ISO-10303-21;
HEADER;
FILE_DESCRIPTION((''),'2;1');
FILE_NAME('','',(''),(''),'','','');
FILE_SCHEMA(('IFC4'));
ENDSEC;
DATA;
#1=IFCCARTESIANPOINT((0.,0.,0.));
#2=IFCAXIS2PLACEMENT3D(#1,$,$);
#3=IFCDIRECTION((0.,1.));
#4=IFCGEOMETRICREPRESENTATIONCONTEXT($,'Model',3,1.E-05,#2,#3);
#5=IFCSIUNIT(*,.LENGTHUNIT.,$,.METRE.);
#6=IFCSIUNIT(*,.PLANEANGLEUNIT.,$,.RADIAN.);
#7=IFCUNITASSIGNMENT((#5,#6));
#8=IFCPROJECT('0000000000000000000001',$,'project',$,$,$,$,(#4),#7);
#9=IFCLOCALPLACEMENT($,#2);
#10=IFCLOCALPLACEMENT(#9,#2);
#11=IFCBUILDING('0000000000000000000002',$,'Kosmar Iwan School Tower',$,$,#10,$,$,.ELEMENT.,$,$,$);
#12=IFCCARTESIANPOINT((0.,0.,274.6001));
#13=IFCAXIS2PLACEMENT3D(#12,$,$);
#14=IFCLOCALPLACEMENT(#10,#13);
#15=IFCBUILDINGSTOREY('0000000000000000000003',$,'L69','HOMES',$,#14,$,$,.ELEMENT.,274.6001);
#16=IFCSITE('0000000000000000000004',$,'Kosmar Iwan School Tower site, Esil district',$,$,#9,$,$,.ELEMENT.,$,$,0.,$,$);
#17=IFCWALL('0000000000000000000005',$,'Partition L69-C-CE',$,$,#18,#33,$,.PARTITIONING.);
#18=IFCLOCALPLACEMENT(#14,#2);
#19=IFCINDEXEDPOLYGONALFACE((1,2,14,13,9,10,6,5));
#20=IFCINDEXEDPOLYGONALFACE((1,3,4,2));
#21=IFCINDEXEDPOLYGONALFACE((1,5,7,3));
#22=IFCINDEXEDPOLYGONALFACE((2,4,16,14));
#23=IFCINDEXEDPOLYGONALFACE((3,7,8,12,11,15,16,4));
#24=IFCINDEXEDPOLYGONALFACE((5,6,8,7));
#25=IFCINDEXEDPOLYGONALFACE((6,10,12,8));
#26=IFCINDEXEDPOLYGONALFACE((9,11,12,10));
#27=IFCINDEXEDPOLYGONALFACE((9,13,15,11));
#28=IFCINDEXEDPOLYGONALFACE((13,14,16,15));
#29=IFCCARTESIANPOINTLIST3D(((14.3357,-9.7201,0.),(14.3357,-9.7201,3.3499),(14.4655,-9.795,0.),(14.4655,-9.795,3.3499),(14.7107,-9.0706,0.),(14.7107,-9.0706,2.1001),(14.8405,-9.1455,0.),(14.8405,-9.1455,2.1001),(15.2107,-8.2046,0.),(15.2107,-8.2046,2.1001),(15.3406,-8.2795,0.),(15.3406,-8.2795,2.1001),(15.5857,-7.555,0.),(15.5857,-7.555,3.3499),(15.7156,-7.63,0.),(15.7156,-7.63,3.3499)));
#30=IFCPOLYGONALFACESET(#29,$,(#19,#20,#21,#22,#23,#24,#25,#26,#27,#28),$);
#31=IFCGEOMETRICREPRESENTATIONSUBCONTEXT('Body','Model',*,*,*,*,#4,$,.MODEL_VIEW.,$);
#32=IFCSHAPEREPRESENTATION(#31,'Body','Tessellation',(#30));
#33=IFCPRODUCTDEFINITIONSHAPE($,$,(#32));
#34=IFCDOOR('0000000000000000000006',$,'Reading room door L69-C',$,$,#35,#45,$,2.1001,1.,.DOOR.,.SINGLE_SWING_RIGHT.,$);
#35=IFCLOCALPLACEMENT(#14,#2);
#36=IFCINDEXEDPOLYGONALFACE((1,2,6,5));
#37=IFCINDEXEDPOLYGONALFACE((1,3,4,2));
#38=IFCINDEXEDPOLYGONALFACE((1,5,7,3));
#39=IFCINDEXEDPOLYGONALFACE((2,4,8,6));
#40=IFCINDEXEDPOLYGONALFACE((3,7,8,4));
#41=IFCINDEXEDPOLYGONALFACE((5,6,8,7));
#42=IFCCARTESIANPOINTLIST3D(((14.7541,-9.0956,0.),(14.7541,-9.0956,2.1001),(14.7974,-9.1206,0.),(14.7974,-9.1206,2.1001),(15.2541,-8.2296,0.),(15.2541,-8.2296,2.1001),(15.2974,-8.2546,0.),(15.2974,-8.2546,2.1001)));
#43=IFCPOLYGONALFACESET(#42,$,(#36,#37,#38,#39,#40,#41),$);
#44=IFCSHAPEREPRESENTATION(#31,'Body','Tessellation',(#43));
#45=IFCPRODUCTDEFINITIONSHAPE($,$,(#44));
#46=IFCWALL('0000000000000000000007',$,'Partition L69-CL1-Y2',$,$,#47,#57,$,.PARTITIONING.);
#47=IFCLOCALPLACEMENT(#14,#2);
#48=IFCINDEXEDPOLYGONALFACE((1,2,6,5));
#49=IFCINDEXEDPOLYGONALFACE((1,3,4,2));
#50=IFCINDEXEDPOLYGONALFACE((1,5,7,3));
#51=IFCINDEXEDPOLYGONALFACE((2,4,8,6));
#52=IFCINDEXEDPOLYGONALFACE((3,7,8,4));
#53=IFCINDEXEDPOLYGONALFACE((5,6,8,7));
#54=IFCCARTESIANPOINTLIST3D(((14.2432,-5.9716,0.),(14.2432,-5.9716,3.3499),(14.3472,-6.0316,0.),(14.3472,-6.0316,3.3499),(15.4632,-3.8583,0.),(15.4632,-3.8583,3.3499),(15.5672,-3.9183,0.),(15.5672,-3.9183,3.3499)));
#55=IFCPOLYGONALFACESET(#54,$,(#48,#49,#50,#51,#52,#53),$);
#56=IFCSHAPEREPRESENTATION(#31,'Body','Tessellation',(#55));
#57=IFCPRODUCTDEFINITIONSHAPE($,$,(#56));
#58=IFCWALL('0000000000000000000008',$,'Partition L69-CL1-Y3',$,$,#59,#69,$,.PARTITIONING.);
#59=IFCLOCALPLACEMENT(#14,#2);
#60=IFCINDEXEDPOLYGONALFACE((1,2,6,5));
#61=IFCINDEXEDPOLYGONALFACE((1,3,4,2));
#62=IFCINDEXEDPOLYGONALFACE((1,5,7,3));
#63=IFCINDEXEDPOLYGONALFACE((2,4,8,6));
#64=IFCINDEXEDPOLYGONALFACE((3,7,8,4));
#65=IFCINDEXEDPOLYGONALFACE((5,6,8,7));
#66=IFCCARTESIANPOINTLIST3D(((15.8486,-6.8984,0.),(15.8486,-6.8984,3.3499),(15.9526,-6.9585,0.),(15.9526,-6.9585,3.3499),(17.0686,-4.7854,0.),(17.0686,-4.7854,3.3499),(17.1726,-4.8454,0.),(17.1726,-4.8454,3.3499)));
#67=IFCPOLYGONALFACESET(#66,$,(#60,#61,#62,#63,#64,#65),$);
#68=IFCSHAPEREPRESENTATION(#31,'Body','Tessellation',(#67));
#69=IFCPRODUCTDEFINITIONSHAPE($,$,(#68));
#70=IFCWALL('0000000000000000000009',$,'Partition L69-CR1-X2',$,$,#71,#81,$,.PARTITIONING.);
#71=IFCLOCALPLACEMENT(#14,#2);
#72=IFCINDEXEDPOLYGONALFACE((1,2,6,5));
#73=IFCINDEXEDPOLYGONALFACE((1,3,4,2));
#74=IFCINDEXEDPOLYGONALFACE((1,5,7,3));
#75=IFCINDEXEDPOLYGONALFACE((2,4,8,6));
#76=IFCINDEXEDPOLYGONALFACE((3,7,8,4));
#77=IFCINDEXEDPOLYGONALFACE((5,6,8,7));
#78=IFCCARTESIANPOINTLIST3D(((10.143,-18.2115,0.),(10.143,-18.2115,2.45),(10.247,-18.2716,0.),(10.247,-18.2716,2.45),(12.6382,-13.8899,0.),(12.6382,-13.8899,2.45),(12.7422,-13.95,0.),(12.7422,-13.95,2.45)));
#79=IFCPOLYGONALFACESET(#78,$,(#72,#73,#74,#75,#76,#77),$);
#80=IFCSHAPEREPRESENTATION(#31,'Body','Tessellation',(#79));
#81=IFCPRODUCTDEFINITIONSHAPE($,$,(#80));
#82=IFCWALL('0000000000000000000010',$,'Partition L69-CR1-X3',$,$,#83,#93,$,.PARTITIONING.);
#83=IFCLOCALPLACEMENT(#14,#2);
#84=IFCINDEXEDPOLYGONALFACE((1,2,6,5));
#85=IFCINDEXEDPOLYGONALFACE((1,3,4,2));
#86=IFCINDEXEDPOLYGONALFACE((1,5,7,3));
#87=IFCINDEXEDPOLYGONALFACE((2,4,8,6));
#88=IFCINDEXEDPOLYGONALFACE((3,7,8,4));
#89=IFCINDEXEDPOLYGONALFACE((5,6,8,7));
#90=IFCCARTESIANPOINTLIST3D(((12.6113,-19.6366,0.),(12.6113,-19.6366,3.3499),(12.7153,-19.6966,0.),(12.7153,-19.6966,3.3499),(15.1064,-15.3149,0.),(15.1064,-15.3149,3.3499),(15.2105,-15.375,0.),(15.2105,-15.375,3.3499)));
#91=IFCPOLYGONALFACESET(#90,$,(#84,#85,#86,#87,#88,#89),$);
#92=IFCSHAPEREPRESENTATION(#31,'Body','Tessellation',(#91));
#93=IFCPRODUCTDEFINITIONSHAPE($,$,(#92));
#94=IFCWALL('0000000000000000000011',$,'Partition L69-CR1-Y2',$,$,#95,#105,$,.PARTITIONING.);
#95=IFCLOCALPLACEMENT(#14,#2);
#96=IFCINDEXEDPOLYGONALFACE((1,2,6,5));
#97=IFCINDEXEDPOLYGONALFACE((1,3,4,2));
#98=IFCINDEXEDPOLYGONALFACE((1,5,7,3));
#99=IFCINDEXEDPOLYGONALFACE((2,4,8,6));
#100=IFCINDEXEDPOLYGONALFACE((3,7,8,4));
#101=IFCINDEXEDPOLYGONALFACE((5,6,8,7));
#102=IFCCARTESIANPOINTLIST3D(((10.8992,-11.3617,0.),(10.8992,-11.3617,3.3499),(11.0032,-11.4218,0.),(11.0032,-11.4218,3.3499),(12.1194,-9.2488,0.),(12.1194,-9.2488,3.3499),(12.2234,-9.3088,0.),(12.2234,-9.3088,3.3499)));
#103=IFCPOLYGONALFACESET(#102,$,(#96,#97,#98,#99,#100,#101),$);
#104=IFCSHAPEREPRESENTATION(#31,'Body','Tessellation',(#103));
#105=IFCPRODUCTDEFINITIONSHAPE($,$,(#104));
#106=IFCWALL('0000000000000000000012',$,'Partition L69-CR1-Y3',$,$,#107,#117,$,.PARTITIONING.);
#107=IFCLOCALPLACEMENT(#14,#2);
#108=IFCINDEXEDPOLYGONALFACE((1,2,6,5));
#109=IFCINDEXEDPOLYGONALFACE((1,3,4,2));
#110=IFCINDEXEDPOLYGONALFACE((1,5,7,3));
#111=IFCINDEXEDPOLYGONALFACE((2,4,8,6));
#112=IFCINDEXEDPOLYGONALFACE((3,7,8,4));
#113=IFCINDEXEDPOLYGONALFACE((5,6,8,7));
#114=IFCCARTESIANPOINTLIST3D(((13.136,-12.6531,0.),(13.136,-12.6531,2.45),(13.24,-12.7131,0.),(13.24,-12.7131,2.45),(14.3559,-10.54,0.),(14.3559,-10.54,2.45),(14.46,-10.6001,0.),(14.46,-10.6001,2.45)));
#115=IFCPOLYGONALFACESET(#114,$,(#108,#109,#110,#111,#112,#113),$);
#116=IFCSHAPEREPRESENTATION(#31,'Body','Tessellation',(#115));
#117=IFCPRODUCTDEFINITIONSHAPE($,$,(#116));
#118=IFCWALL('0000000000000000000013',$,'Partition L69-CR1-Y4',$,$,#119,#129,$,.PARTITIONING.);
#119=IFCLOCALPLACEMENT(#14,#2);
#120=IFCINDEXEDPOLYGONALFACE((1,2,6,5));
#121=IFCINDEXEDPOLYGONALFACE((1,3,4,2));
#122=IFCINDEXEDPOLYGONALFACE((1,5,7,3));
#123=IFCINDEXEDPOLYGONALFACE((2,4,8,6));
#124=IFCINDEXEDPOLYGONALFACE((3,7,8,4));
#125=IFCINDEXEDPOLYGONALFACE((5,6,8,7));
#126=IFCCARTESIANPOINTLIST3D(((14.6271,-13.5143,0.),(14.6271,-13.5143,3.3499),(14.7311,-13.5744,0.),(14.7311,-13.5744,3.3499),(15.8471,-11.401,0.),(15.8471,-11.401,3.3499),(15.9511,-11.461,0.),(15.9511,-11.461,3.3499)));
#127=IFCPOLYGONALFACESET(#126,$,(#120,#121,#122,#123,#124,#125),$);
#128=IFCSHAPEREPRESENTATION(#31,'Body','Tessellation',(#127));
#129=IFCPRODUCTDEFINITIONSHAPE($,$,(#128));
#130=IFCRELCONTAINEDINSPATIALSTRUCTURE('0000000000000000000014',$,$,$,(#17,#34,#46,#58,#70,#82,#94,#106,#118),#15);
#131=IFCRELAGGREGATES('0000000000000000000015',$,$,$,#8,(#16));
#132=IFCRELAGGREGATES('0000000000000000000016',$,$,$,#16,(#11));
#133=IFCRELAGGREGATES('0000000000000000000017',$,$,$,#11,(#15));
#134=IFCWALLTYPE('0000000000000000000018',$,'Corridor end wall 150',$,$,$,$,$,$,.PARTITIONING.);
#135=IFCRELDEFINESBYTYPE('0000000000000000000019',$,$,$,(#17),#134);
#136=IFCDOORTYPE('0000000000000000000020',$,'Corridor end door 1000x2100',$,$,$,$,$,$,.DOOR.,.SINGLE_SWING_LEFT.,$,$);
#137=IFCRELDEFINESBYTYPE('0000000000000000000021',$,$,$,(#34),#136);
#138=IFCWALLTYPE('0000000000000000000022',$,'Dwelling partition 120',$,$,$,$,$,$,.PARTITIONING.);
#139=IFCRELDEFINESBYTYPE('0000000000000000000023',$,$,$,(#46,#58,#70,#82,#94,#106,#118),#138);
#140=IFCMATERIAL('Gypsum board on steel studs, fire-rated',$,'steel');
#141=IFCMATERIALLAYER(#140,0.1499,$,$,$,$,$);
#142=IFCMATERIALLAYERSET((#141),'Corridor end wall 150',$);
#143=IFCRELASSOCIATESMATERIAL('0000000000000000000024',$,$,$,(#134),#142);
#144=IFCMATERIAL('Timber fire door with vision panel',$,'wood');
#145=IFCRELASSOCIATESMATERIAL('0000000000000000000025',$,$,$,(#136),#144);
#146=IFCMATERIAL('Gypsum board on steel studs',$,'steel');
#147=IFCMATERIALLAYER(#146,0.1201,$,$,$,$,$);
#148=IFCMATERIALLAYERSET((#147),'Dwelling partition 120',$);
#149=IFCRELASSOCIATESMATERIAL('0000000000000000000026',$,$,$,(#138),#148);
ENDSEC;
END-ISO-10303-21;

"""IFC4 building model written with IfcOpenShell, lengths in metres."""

from ifc_helpers import new_model, si_unit, direction, frame, frame_2d, origin, place, context, subcontext, project, spatial, rectangle, extrude, material, layer, layer_set, type_object, element, fill, save


model = new_model("IFC4")

# Units and contexts
model_context = context("Model", 3, precision=1e-05, world=origin(), true_north=direction((0.0, 1.0)))
body_context = subcontext(model_context, "Body", "Model", "MODEL_VIEW")
ifc_project = project(units=[si_unit("LENGTHUNIT", "METRE"), si_unit("PLANEANGLEUNIT", "RADIAN")], contexts=[model_context])

# Site, building, storey
site_placement = place(None, origin())
site = spatial("IfcSite", under=ifc_project, at=site_placement, Name="Kosmar Iwan School Tower site, Esil district", CompositionType="ELEMENT", RefElevation=0.0)
building_placement = place(site_placement, origin())
building = spatial("IfcBuilding", under=site, at=building_placement, Name="Kosmar Iwan School Tower", CompositionType="ELEMENT")
storey_placement = place(building_placement, frame((0.0, 0.0, 274.6001)))
storey = spatial("IfcBuildingStorey", under=building, at=storey_placement, Name="L69", Description="HOMES", CompositionType="ELEMENT", Elevation=274.6001)

# Wall, opening, door
ifc_material_1 = material(Name="Gypsum board on steel studs, fire-rated", Category="steel")
ifc_layer_1 = layer(ifc_material_1, 0.1499)
ifc_layer_set_1 = layer_set([ifc_layer_1], Name="Corridor end wall 150")
wall_type_1 = type_object("IfcWallType", Name="Corridor end wall 150", PredefinedType="PARTITIONING", material=ifc_layer_set_1)
wall_1_placement = place(storey_placement, frame((14.4006, -9.7576, 0.0), z_axis=(0.0, 0.0, 1.0), x_axis=(0.500004, 0.866023, 0.0)))
wall_1 = element("IfcWall", 1, at=wall_1_placement, inside=storey, type_object=wall_type_1, Name="Partition L69-C-CE", PredefinedType="PARTITIONING", context=body_context, shape_type="SweptSolid", body=[
    extrude(rectangle(XDim=2.5, YDim=0.1499, at=frame_2d((1.25, 0.0))), origin(), (0.0, 0.0, 1.0), 3.3499),
])
opening_placement = place(wall_1_placement, frame((0.75, 0.0, 0.0)))
opening = element("IfcOpeningElement", 2, at=opening_placement, cuts=wall_1, PredefinedType="OPENING", context=body_context, shape_type="SweptSolid", body=[
    extrude(rectangle(XDim=1.0, YDim=2.1001, at=frame_2d((0.5, 1.05))), frame((0.0, 0.0869, 0.0), z_axis=(0.0, -1.0, 0.0), x_axis=(1.0, 0.0, 0.0)), (0.0, 0.0, 1.0), 0.1738),
])
ifc_material_2 = material(Name="Timber fire door with vision panel", Category="wood")
door_type = type_object("IfcDoorType", Name="Corridor end door 1000x2100", OperationType="SINGLE_SWING_LEFT", PredefinedType="DOOR", material=ifc_material_2)
door_placement = place(opening_placement, origin())
door = element("IfcDoor", 3, at=door_placement, inside=storey, type_object=door_type, Name="Reading room door L69-C", OperationType="SINGLE_SWING_RIGHT", OverallHeight=2.1001, OverallWidth=1.0, PredefinedType="DOOR", context=body_context, shape_type="SweptSolid", body=[
    extrude(rectangle(XDim=1.0, YDim=2.1001, at=frame_2d((0.5, 1.05))), frame((0.0, 0.0249, 0.0), z_axis=(0.0, -1.0, 0.0), x_axis=(1.0, 0.0, 0.0)), (0.0, 0.0, 1.0), 0.05),
])
fill(opening, door)

# Walls
ifc_material_3 = material(Name="Gypsum board on steel studs", Category="steel")
ifc_layer_2 = layer(ifc_material_3, 0.1201)
ifc_layer_set_2 = layer_set([ifc_layer_2], Name="Dwelling partition 120")
wall_type_2 = type_object("IfcWallType", Name="Dwelling partition 120", PredefinedType="PARTITIONING", material=ifc_layer_set_2)
wall_2_placement = place(storey_placement, frame((14.2952, -6.0017, 0.0), z_axis=(0.0, 0.0, 1.0), x_axis=(0.499959, 0.866049, 0.0)))
element("IfcWall", 4, at=wall_2_placement, inside=storey, type_object=wall_type_2, Name="Partition L69-CL1-Y2", PredefinedType="PARTITIONING", context=body_context, shape_type="SweptSolid", body=[
    extrude(rectangle(XDim=2.4402, YDim=0.1201, at=frame_2d((1.2202, 0.0))), origin(), (0.0, 0.0, 1.0), 3.3499),
])
wall_3_placement = place(storey_placement, frame((15.9006, -6.9285, 0.0), z_axis=(0.0, 0.0, 1.0), x_axis=(0.500003, 0.866024, 0.0)))
element("IfcWall", 5, at=wall_3_placement, inside=storey, type_object=wall_type_2, Name="Partition L69-CL1-Y3", PredefinedType="PARTITIONING", context=body_context, shape_type="SweptSolid", body=[
    extrude(rectangle(XDim=2.4399, YDim=0.1201, at=frame_2d((1.22, 0.0))), origin(), (0.0, 0.0, 1.0), 3.3499),
])
wall_4_placement = place(storey_placement, frame((12.6902, -13.9199, 0.0), z_axis=(0.0, 0.0, 1.0), x_axis=(-0.500012, -0.866019, 0.0)))
element("IfcWall", 6, at=wall_4_placement, inside=storey, type_object=wall_type_2, Name="Partition L69-CR1-X2", PredefinedType="PARTITIONING", context=body_context, shape_type="SweptSolid", body=[
    extrude(rectangle(XDim=4.9902, YDim=0.1201, at=frame_2d((2.4951, 0.0))), origin(), (0.0, 0.0, 1.0), 2.45),
])
wall_5_placement = place(storey_placement, frame((15.1584, -15.345, 0.0), z_axis=(0.0, 0.0, 1.0), x_axis=(-0.500012, -0.866019, 0.0)))
element("IfcWall", 7, at=wall_5_placement, inside=storey, type_object=wall_type_2, Name="Partition L69-CR1-X3", PredefinedType="PARTITIONING", context=body_context, shape_type="SweptSolid", body=[
    extrude(rectangle(XDim=4.9902, YDim=0.1201, at=frame_2d((2.4951, 0.0))), origin(), (0.0, 0.0, 1.0), 3.3499),
])
wall_6_placement = place(storey_placement, frame((12.1714, -9.2788, 0.0), z_axis=(0.0, 0.0, 1.0), x_axis=(-0.500078, -0.865981, 0.0)))
element("IfcWall", 8, at=wall_6_placement, inside=storey, type_object=wall_type_2, Name="Partition L69-CR1-Y2", PredefinedType="PARTITIONING", context=body_context, shape_type="SweptSolid", body=[
    extrude(rectangle(XDim=2.4399, YDim=0.1201, at=frame_2d((1.22, 0.0))), origin(), (0.0, 0.0, 1.0), 3.3499),
])
wall_7_placement = place(storey_placement, frame((14.408, -10.5701, 0.0), z_axis=(0.0, 0.0, 1.0), x_axis=(-0.500003, -0.866024, 0.0)))
element("IfcWall", 9, at=wall_7_placement, inside=storey, type_object=wall_type_2, Name="Partition L69-CR1-Y3", PredefinedType="PARTITIONING", context=body_context, shape_type="SweptSolid", body=[
    extrude(rectangle(XDim=2.4399, YDim=0.1201, at=frame_2d((1.22, 0.0))), origin(), (0.0, 0.0, 1.0), 2.45),
])
wall_8_placement = place(storey_placement, frame((15.8992, -11.4309, 0.0), z_axis=(0.0, 0.0, 1.0), x_axis=(-0.499959, -0.866049, 0.0)))
element("IfcWall", 10, at=wall_8_placement, inside=storey, type_object=wall_type_2, Name="Partition L69-CR1-Y4", PredefinedType="PARTITIONING", context=body_context, shape_type="SweptSolid", body=[
    extrude(rectangle(XDim=2.4402, YDim=0.1201, at=frame_2d((1.2202, 0.0))), origin(), (0.0, 0.0, 1.0), 3.3499),
])

save(model, "model.ifc")
